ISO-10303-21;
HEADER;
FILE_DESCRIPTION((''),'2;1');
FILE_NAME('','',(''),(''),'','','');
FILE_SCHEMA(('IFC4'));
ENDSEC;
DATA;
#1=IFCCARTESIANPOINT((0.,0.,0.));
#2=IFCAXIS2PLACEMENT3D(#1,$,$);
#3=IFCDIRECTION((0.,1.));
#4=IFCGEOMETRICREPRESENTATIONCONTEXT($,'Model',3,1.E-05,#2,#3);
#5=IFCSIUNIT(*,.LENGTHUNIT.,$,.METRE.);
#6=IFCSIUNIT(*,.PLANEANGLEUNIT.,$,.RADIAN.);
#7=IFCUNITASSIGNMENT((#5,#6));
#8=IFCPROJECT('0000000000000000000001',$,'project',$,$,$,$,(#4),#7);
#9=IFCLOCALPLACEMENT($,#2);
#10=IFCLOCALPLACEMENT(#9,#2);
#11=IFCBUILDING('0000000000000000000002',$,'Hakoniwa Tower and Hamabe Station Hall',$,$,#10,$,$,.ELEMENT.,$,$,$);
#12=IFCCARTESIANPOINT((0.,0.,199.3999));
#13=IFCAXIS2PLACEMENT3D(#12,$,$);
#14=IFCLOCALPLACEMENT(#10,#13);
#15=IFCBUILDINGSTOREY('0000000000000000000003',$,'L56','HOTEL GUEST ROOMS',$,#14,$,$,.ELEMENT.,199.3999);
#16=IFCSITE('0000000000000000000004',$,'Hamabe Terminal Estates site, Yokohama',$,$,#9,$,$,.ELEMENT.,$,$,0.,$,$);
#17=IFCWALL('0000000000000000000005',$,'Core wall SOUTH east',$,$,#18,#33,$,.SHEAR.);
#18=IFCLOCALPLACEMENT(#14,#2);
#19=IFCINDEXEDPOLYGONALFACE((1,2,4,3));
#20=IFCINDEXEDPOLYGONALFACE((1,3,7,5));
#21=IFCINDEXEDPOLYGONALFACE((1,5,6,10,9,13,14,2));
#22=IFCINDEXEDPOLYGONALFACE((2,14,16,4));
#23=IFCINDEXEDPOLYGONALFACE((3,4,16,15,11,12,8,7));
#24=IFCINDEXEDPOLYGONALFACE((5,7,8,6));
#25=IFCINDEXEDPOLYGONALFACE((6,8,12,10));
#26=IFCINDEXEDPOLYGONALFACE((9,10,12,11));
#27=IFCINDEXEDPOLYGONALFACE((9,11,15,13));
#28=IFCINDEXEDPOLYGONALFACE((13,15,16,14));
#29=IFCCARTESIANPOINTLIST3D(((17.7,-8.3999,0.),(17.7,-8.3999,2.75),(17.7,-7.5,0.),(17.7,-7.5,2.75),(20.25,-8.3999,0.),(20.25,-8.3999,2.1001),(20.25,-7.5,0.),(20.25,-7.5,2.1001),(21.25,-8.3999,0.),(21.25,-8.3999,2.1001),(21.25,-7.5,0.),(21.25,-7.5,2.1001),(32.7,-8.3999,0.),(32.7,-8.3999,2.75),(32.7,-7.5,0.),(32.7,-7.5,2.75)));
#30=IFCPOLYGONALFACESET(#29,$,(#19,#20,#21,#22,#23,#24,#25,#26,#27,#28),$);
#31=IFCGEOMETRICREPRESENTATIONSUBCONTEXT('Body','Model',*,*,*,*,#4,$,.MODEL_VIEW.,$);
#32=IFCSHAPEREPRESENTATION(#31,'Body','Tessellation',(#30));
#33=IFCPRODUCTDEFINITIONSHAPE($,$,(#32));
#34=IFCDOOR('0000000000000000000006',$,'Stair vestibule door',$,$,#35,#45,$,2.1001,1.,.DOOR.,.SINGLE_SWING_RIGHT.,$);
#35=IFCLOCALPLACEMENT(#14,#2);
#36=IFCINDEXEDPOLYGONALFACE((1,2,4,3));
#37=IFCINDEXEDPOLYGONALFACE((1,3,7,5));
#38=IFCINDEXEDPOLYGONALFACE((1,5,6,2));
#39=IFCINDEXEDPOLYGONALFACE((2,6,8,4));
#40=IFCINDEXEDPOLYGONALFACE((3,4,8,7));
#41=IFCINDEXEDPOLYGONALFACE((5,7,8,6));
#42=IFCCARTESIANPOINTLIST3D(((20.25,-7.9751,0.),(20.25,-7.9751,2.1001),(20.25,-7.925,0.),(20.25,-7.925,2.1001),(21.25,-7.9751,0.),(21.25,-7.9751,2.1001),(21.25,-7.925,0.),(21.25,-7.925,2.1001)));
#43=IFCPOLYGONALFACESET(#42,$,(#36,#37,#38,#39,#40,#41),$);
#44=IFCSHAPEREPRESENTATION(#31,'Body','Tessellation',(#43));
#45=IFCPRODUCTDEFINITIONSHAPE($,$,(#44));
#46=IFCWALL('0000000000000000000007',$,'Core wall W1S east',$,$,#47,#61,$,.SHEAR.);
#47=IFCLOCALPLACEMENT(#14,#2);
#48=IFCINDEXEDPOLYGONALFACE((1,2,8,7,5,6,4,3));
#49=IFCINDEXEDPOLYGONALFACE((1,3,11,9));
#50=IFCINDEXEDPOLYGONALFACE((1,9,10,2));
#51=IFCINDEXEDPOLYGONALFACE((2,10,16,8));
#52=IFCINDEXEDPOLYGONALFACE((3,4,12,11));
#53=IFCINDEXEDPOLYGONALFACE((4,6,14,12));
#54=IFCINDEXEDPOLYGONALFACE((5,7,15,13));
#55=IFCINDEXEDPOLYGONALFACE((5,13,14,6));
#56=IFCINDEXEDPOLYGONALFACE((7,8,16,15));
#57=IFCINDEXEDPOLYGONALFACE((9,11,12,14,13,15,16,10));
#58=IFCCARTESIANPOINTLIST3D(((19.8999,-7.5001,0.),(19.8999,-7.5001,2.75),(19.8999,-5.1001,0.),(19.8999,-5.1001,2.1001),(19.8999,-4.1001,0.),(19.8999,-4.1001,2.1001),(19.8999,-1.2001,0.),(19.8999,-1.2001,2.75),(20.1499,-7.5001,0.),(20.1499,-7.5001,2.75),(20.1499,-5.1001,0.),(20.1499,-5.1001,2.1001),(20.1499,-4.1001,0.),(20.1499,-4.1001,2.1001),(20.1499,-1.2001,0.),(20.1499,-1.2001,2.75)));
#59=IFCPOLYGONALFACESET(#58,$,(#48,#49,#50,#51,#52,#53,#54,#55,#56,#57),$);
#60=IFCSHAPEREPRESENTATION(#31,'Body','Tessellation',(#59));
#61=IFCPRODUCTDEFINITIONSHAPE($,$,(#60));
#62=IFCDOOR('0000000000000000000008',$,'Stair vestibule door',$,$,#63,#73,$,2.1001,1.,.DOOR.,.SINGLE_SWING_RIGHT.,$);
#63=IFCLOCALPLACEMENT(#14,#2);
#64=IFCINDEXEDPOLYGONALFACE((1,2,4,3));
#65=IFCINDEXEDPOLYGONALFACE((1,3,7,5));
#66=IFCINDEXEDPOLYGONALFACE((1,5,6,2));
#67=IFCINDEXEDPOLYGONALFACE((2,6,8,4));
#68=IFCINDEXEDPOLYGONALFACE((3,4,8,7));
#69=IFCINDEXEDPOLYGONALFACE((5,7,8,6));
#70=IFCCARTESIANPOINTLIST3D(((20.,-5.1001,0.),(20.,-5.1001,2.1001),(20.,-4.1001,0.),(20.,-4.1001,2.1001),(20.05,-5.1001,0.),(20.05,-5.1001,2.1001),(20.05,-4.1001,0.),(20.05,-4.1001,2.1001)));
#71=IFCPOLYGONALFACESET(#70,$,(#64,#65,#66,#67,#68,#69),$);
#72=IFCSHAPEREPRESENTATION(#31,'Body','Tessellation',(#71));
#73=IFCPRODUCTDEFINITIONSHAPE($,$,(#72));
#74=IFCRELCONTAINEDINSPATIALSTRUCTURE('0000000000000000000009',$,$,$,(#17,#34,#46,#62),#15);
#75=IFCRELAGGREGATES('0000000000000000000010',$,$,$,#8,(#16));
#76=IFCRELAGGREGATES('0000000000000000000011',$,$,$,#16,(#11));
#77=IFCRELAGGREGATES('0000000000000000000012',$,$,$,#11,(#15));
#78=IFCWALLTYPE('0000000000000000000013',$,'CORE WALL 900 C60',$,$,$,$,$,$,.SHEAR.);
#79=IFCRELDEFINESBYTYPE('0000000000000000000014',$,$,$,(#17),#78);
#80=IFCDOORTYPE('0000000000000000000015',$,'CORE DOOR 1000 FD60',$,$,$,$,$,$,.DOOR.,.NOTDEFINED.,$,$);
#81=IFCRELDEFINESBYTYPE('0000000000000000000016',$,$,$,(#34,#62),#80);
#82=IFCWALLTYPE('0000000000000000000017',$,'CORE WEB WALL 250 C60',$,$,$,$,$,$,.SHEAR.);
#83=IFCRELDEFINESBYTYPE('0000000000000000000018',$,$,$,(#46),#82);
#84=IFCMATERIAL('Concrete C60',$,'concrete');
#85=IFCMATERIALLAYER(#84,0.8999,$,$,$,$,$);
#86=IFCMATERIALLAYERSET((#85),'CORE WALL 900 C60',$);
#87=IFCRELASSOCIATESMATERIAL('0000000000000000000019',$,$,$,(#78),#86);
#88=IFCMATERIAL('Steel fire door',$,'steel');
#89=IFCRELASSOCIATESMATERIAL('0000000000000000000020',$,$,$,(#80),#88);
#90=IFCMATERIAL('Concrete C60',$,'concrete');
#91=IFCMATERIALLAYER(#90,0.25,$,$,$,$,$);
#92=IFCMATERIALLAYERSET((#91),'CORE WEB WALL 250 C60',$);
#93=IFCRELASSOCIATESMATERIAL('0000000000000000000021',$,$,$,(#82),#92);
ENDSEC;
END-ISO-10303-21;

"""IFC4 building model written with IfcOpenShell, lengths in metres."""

from ifc_helpers import new_model, si_unit, direction, frame, frame_2d, origin, place, context, subcontext, project, spatial, rectangle, extrude, material, layer, layer_set, type_object, element, fill, save


model = new_model("IFC4")

# Units and contexts
model_context = context("Model", 3, precision=1e-05, world=origin(), true_north=direction((0.0, 1.0)))
body_context = subcontext(model_context, "Body", "Model", "MODEL_VIEW")
ifc_project = project(units=[si_unit("LENGTHUNIT", "METRE"), si_unit("PLANEANGLEUNIT", "RADIAN")], contexts=[model_context])

# Site, building, storey
site_placement = place(None, origin())
site = spatial("IfcSite", under=ifc_project, at=site_placement, Name="Hamabe Terminal Estates site, Yokohama", CompositionType="ELEMENT", RefElevation=0.0)
building_placement = place(site_placement, origin())
building = spatial("IfcBuilding", under=site, at=building_placement, Name="Hakoniwa Tower and Hamabe Station Hall", CompositionType="ELEMENT")
storey_placement = place(building_placement, frame((0.0, 0.0, 199.3999)))
storey = spatial("IfcBuildingStorey", under=building, at=storey_placement, Name="L56", Description="HOTEL GUEST ROOMS", CompositionType="ELEMENT", Elevation=199.3999)

# Walls, openings, doors
ifc_material_1 = material(Name="Concrete C60", Category="concrete")
ifc_layer_1 = layer(ifc_material_1, 0.8999)
ifc_layer_set_1 = layer_set([ifc_layer_1], Name="CORE WALL 900 C60")
wall_type_1 = type_object("IfcWallType", Name="CORE WALL 900 C60", PredefinedType="SHEAR", material=ifc_layer_set_1)
wall_1_placement = place(storey_placement, frame((17.7, -7.95, 0.0), z_axis=(0.0, 0.0, 1.0), x_axis=(1.0, 0.0, 0.0)))
wall_1 = element("IfcWall", 1, at=wall_1_placement, inside=storey, type_object=wall_type_1, Name="Core wall SOUTH east", PredefinedType="SHEAR", context=body_context, shape_type="SweptSolid", body=[
    extrude(rectangle(XDim=15.0, YDim=0.8999, at=frame_2d((7.5, 0.0))), origin(), (0.0, 0.0, 1.0), 2.75),
])
opening_1_placement = place(wall_1_placement, frame((2.55, 0.0, 0.0)))
opening_1 = element("IfcOpeningElement", 2, at=opening_1_placement, cuts=wall_1, PredefinedType="OPENING", context=body_context, shape_type="SweptSolid", body=[
    extrude(rectangle(XDim=1.0, YDim=2.1001, at=frame_2d((0.5, 1.05))), frame((0.0, 0.46, 0.0), z_axis=(0.0, -1.0, 0.0), x_axis=(1.0, 0.0, 0.0)), (0.0, 0.0, 1.0), 0.9199),
])
ifc_material_2 = material(Name="Steel fire door", Category="steel")
door_type_1 = type_object("IfcDoorType", Name="CORE DOOR 1000 FD60", OperationType="NOTDEFINED", PredefinedType="DOOR", material=ifc_material_2)
door_1_placement = place(opening_1_placement, origin())
door_1 = element("IfcDoor", 3, at=door_1_placement, inside=storey, type_object=door_type_1, Name="Stair vestibule door", OperationType="SINGLE_SWING_RIGHT", OverallHeight=2.1001, OverallWidth=1.0, PredefinedType="DOOR", context=body_context, shape_type="SweptSolid", body=[
    extrude(rectangle(XDim=1.0, YDim=2.1001, at=frame_2d((0.5, 1.05))), frame((0.0, 0.0249, 0.0), z_axis=(0.0, -1.0, 0.0), x_axis=(1.0, 0.0, 0.0)), (0.0, 0.0, 1.0), 0.05),
])
fill(opening_1, door_1)
ifc_material_3 = material(Name="Concrete C60", Category="concrete")
ifc_layer_2 = layer(ifc_material_3, 0.25)
ifc_layer_set_2 = layer_set([ifc_layer_2], Name="CORE WEB WALL 250 C60")
wall_type_2 = type_object("IfcWallType", Name="CORE WEB WALL 250 C60", PredefinedType="SHEAR", material=ifc_layer_set_2)
wall_2_placement = place(storey_placement, frame((20.0249, -7.5, 0.0), z_axis=(0.0, 0.0, 1.0), x_axis=(0.0, 1.0, 0.0)))
wall_2 = element("IfcWall", 4, at=wall_2_placement, inside=storey, type_object=wall_type_2, Name="Core wall W1S east", PredefinedType="SHEAR", context=body_context, shape_type="SweptSolid", body=[
    extrude(rectangle(XDim=6.3, YDim=0.25, at=frame_2d((3.1499, 0.0))), origin(), (0.0, 0.0, 1.0), 2.75),
])
opening_2_placement = place(wall_2_placement, frame((2.3999, 0.0, 0.0)))
opening_2 = element("IfcOpeningElement", 5, at=opening_2_placement, cuts=wall_2, PredefinedType="OPENING", context=body_context, shape_type="SweptSolid", body=[
    extrude(rectangle(XDim=1.0, YDim=2.1001, at=frame_2d((0.5, 1.05))), frame((0.0, 0.135, 0.0), z_axis=(0.0, -1.0, 0.0), x_axis=(1.0, 0.0, 0.0)), (0.0, 0.0, 1.0), 0.27),
])
door_2_placement = place(opening_2_placement, origin())
door_2 = element("IfcDoor", 6, at=door_2_placement, inside=storey, type_object=door_type_1, Name="Stair vestibule door", OperationType="SINGLE_SWING_RIGHT", OverallHeight=2.1001, OverallWidth=1.0, PredefinedType="DOOR", context=body_context, shape_type="SweptSolid", body=[
    extrude(rectangle(XDim=1.0, YDim=2.1001, at=frame_2d((0.5, 1.05))), frame((0.0, 0.0249, 0.0), z_axis=(0.0, -1.0, 0.0), x_axis=(1.0, 0.0, 0.0)), (0.0, 0.0, 1.0), 0.05),
])
fill(opening_2, door_2)

save(model, "model.ifc")
